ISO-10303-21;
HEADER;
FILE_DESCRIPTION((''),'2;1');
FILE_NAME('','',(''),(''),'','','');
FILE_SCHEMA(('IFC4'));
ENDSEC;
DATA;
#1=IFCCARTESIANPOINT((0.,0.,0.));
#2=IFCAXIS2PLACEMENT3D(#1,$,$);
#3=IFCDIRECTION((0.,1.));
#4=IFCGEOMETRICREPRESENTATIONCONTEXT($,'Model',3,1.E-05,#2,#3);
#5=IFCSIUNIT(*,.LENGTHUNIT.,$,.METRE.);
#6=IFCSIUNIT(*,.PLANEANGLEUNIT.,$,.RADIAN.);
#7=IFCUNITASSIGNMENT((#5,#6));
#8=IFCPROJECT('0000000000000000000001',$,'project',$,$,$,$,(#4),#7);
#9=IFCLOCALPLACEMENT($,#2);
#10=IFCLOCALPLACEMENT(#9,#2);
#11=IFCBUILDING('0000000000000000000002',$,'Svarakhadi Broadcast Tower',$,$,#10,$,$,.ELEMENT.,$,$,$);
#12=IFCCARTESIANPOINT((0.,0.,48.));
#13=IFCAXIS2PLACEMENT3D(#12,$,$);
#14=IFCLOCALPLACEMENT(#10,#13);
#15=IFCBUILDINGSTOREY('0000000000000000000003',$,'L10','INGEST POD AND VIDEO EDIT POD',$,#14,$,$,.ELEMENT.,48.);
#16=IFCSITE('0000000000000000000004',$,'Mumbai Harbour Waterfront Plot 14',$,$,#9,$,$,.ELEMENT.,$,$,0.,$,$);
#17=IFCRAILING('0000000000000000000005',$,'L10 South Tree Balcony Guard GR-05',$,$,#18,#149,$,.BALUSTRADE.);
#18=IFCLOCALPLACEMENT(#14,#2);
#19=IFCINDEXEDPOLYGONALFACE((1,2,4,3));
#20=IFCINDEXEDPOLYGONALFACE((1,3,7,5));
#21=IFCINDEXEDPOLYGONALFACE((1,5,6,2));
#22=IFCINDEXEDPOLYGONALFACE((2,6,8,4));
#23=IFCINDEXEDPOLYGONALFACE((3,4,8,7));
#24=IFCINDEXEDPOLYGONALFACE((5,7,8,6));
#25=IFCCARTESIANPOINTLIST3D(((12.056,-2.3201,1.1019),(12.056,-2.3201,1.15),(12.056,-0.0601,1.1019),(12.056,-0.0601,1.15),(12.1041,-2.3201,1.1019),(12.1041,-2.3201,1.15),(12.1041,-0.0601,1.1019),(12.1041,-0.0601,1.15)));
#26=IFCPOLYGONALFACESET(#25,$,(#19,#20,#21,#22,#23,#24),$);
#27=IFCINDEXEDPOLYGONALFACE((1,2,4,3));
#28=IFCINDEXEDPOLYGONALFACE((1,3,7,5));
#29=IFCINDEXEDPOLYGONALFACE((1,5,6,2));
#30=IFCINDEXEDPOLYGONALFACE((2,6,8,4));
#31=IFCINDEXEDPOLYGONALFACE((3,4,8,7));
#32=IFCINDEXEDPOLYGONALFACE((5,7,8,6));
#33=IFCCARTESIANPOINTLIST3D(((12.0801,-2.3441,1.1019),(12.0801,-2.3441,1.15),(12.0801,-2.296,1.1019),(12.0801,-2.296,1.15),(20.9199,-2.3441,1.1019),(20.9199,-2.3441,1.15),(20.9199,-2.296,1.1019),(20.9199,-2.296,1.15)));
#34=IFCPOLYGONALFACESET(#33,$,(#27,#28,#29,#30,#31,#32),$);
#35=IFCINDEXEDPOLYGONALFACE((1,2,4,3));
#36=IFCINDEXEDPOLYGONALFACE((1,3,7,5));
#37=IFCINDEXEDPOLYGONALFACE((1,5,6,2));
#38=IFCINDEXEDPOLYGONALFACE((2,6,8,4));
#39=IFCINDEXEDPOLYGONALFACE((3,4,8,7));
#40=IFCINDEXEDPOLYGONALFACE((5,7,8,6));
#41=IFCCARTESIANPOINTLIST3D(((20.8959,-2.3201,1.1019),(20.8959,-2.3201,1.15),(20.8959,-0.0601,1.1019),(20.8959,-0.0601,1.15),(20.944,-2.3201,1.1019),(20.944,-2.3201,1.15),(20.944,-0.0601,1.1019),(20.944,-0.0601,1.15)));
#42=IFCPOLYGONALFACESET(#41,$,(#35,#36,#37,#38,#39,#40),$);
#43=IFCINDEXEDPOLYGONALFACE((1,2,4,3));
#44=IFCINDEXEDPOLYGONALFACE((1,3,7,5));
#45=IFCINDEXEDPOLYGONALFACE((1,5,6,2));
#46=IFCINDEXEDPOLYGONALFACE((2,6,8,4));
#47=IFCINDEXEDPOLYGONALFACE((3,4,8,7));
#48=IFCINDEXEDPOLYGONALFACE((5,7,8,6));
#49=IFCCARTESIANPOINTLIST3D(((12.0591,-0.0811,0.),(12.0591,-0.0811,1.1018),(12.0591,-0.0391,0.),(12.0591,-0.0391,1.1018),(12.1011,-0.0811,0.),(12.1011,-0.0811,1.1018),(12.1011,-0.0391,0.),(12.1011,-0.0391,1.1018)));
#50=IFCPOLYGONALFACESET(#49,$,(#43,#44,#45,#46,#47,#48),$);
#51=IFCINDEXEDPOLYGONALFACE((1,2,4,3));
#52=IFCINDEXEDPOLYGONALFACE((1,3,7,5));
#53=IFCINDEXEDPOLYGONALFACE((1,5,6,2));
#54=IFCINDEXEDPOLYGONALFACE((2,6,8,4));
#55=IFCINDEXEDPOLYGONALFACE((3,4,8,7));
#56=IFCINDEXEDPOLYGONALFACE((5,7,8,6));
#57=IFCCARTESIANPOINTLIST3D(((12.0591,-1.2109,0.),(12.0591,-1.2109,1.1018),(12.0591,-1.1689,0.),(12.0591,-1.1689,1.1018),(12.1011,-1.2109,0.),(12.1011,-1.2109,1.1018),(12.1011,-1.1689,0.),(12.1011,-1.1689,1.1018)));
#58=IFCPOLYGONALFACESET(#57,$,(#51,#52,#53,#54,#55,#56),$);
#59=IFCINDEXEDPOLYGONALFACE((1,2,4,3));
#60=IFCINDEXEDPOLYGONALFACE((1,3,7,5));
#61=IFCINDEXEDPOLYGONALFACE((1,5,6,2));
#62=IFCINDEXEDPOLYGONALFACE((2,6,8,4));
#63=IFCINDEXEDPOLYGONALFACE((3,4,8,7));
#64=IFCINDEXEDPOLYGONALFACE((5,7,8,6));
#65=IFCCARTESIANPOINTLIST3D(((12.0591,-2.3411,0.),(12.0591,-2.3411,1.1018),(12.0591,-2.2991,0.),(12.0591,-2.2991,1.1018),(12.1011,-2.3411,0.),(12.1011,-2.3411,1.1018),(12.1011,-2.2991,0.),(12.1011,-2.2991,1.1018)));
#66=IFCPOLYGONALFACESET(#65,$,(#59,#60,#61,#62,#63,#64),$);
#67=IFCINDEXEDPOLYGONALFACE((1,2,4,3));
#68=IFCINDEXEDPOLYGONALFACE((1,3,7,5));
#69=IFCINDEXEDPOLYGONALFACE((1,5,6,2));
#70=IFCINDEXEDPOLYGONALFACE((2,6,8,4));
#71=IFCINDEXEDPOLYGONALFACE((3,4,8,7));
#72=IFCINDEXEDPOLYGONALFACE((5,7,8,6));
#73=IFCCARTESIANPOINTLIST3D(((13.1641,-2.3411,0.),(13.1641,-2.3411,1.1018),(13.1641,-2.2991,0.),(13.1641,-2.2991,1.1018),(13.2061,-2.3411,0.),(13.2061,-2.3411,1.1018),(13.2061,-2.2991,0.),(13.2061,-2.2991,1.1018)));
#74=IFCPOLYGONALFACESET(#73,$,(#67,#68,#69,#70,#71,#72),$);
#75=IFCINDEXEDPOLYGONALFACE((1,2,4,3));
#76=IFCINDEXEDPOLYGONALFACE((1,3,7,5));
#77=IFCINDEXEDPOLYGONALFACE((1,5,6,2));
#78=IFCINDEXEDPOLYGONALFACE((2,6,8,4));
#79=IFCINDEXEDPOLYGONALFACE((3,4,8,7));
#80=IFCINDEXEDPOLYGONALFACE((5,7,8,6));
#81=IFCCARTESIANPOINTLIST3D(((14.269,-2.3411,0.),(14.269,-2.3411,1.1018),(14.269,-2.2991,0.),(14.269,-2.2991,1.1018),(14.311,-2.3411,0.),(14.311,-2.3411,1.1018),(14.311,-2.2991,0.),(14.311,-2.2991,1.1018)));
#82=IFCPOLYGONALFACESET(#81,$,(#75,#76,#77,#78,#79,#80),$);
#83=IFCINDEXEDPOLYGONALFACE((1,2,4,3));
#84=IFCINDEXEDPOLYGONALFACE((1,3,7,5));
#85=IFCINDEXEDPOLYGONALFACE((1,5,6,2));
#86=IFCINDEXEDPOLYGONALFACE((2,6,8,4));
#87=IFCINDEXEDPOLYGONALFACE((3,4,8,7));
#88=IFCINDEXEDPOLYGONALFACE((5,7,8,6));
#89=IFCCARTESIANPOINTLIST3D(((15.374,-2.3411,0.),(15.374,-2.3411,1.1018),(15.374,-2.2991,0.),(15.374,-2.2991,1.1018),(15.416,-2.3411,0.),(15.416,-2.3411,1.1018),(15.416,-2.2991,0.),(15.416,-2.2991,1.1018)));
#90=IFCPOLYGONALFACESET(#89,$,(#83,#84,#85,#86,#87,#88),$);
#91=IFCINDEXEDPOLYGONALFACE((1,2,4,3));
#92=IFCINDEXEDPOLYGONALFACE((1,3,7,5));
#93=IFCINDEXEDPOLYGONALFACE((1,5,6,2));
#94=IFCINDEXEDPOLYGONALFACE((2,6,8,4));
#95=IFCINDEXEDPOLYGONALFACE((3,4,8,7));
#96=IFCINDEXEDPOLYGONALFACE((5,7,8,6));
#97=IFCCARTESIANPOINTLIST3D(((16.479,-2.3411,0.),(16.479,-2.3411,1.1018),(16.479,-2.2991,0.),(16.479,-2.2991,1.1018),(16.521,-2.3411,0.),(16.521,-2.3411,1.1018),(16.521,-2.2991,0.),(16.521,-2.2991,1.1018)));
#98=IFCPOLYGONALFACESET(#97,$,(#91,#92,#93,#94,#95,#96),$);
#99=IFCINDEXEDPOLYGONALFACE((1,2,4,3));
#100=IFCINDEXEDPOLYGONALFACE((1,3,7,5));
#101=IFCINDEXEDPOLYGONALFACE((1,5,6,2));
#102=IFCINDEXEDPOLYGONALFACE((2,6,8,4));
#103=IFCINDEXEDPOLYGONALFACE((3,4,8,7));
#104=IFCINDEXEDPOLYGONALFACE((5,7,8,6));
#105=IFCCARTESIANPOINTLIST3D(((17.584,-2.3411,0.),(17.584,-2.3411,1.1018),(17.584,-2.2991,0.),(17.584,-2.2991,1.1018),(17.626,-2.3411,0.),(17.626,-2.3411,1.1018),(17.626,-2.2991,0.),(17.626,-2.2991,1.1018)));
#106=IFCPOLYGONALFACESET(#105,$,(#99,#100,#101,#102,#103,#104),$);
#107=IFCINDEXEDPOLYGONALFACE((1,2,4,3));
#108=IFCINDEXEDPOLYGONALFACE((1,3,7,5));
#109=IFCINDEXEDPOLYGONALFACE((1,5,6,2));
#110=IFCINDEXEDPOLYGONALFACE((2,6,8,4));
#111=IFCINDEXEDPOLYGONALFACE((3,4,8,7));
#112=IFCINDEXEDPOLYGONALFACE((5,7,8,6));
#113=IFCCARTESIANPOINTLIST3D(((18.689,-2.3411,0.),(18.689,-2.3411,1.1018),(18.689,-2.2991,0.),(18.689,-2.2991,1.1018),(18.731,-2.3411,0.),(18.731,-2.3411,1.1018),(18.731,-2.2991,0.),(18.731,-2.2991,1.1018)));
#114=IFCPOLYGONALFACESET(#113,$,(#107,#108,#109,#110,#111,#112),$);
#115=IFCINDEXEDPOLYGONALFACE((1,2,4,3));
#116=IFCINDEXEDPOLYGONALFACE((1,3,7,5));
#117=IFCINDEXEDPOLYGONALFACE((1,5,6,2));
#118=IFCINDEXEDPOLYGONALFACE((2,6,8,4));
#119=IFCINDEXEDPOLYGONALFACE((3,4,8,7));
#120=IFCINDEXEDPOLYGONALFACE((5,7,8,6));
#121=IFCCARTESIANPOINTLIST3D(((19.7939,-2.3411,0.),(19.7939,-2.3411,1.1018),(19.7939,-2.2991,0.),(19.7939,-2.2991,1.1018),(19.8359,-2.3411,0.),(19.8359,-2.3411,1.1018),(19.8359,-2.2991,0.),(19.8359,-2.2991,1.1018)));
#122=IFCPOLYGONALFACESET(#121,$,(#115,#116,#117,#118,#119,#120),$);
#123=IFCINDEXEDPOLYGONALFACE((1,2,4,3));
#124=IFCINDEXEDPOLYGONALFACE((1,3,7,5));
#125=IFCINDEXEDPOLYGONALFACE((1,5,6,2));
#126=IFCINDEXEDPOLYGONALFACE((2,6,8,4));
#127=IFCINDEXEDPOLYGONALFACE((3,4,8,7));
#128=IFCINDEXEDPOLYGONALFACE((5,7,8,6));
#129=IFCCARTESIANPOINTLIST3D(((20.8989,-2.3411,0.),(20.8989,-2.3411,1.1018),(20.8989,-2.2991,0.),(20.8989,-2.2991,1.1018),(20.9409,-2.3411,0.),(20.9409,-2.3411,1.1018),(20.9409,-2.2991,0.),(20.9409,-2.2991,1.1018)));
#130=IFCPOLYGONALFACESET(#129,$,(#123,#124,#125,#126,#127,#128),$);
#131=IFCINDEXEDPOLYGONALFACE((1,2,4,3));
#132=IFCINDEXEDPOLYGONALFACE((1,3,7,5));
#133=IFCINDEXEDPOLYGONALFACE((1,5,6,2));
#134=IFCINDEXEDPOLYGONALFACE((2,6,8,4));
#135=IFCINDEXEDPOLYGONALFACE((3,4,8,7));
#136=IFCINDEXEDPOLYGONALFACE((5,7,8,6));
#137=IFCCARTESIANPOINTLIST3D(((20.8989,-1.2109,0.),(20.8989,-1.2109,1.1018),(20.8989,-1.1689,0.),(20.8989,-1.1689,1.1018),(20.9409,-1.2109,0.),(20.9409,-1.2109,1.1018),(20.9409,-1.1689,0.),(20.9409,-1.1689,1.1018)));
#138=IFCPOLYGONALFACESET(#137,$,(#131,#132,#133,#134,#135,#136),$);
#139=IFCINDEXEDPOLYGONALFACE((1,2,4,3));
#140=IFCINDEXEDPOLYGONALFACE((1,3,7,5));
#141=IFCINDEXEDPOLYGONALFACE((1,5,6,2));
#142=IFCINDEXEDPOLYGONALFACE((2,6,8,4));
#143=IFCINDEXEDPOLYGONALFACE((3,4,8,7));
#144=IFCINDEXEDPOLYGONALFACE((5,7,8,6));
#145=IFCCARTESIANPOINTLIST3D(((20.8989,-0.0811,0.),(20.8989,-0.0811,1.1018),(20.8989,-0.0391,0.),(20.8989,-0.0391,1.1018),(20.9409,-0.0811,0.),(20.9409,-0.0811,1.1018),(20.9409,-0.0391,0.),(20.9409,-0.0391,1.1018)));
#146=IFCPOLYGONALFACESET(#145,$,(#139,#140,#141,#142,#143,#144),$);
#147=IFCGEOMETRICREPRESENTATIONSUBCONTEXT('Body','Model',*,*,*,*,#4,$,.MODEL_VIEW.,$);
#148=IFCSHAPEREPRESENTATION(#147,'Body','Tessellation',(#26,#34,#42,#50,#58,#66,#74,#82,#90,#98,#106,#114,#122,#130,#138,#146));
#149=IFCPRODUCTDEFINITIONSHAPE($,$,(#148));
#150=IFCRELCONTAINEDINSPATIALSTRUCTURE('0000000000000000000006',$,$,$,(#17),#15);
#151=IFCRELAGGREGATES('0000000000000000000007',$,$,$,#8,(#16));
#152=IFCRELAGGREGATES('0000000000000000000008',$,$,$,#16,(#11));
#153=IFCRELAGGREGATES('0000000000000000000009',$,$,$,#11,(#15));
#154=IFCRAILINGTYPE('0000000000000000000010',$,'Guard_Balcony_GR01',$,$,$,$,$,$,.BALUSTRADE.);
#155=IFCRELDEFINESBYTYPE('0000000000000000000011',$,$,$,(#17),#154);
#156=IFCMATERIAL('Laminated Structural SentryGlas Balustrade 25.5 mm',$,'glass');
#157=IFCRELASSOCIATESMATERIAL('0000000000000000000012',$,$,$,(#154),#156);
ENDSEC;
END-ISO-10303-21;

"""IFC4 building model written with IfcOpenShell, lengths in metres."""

from ifc_helpers import new_model, si_unit, direction, frame, origin, origin_2d, place, context, subcontext, project, spatial, rectangle, extrude, material, type_object, element, save


model = new_model("IFC4")

# Units and contexts
model_context = context("Model", 3, precision=1e-05, world=origin(), true_north=direction((0.0, 1.0)))
body_context = subcontext(model_context, "Body", "Model", "MODEL_VIEW")
ifc_project = project(units=[si_unit("LENGTHUNIT", "METRE"), si_unit("PLANEANGLEUNIT", "RADIAN")], contexts=[model_context])

# Site, building, storey
site_placement = place(None, origin())
site = spatial("IfcSite", under=ifc_project, at=site_placement, Name="Mumbai Harbour Waterfront Plot 14", CompositionType="ELEMENT", RefElevation=0.0)
building_placement = place(site_placement, origin())
building = spatial("IfcBuilding", under=site, at=building_placement, Name="Svarakhadi Broadcast Tower", CompositionType="ELEMENT")
storey_placement = place(building_placement, frame((0.0, 0.0, 48.0)))
storey = spatial("IfcBuildingStorey", under=building, at=storey_placement, Name="L10", Description="INGEST POD AND VIDEO EDIT POD", CompositionType="ELEMENT", Elevation=48.0)

# Railing
ifc_material_1 = material(Name="Laminated Structural SentryGlas Balustrade 25.5 mm", Category="glass")
railing_type = type_object("IfcRailingType", Name="Guard_Balcony_GR01", PredefinedType="BALUSTRADE", material=ifc_material_1)
railing_placement = place(storey_placement, frame((12.0801, -0.0601, 0.0)))
element("IfcRailing", 1, at=railing_placement, inside=storey, type_object=railing_type, Name="L10 South Tree Balcony Guard GR-05", PredefinedType="BALUSTRADE", context=body_context, shape_type="SweptSolid", body=[
    extrude(rectangle(XDim=0.0481, YDim=0.0481, at=origin_2d()), frame((0.0, 0.0, 1.126), z_axis=(0.0, -1.0, 0.0), x_axis=(1.0, 0.0, 0.0)), (0.0, 0.0, 1.0), 2.26),
    extrude(rectangle(XDim=0.0481, YDim=0.0481, at=origin_2d()), frame((0.0, -2.26, 1.126), z_axis=(1.0, 0.0, 0.0), x_axis=(0.0, 1.0, 0.0)), (0.0, 0.0, 1.0), 8.8398),
    extrude(rectangle(XDim=0.0481, YDim=0.0481, at=origin_2d()), frame((8.8398, -2.26, 1.126), z_axis=(0.0, 1.0, 0.0), x_axis=(-1.0, 0.0, 0.0)), (0.0, 0.0, 1.0), 2.26),
    extrude(rectangle(XDim=0.042, YDim=0.042, at=origin_2d()), origin(), (0.0, 0.0, 1.0), 1.1018),
    extrude(rectangle(XDim=0.042, YDim=0.042, at=origin_2d()), frame((0.0, -1.1299, 0.0)), (0.0, 0.0, 1.0), 1.1018),
    extrude(rectangle(XDim=0.042, YDim=0.042, at=origin_2d()), frame((0.0, -2.26, 0.0)), (0.0, 0.0, 1.0), 1.1018),
    extrude(rectangle(XDim=0.042, YDim=0.042, at=origin_2d()), frame((1.105, -2.26, 0.0)), (0.0, 0.0, 1.0), 1.1018),
    extrude(rectangle(XDim=0.042, YDim=0.042, at=origin_2d()), frame((2.21, -2.26, 0.0)), (0.0, 0.0, 1.0), 1.1018),
    extrude(rectangle(XDim=0.042, YDim=0.042, at=origin_2d()), frame((3.3149, -2.26, 0.0)), (0.0, 0.0, 1.0), 1.1018),
    extrude(rectangle(XDim=0.042, YDim=0.042, at=origin_2d()), frame((4.4199, -2.26, 0.0)), (0.0, 0.0, 1.0), 1.1018),
    extrude(rectangle(XDim=0.042, YDim=0.042, at=origin_2d()), frame((5.5249, -2.26, 0.0)), (0.0, 0.0, 1.0), 1.1018),
    extrude(rectangle(XDim=0.042, YDim=0.042, at=origin_2d()), frame((6.6299, -2.26, 0.0)), (0.0, 0.0, 1.0), 1.1018),
    extrude(rectangle(XDim=0.042, YDim=0.042, at=origin_2d()), frame((7.7349, -2.26, 0.0)), (0.0, 0.0, 1.0), 1.1018),
    extrude(rectangle(XDim=0.042, YDim=0.042, at=origin_2d()), frame((8.8398, -2.26, 0.0)), (0.0, 0.0, 1.0), 1.1018),
    extrude(rectangle(XDim=0.042, YDim=0.042, at=origin_2d()), frame((8.8398, -1.1299, 0.0)), (0.0, 0.0, 1.0), 1.1018),
    extrude(rectangle(XDim=0.042, YDim=0.042, at=origin_2d()), frame((8.8398, 0.0, 0.0)), (0.0, 0.0, 1.0), 1.1018),
])

save(model, "model.ifc")
